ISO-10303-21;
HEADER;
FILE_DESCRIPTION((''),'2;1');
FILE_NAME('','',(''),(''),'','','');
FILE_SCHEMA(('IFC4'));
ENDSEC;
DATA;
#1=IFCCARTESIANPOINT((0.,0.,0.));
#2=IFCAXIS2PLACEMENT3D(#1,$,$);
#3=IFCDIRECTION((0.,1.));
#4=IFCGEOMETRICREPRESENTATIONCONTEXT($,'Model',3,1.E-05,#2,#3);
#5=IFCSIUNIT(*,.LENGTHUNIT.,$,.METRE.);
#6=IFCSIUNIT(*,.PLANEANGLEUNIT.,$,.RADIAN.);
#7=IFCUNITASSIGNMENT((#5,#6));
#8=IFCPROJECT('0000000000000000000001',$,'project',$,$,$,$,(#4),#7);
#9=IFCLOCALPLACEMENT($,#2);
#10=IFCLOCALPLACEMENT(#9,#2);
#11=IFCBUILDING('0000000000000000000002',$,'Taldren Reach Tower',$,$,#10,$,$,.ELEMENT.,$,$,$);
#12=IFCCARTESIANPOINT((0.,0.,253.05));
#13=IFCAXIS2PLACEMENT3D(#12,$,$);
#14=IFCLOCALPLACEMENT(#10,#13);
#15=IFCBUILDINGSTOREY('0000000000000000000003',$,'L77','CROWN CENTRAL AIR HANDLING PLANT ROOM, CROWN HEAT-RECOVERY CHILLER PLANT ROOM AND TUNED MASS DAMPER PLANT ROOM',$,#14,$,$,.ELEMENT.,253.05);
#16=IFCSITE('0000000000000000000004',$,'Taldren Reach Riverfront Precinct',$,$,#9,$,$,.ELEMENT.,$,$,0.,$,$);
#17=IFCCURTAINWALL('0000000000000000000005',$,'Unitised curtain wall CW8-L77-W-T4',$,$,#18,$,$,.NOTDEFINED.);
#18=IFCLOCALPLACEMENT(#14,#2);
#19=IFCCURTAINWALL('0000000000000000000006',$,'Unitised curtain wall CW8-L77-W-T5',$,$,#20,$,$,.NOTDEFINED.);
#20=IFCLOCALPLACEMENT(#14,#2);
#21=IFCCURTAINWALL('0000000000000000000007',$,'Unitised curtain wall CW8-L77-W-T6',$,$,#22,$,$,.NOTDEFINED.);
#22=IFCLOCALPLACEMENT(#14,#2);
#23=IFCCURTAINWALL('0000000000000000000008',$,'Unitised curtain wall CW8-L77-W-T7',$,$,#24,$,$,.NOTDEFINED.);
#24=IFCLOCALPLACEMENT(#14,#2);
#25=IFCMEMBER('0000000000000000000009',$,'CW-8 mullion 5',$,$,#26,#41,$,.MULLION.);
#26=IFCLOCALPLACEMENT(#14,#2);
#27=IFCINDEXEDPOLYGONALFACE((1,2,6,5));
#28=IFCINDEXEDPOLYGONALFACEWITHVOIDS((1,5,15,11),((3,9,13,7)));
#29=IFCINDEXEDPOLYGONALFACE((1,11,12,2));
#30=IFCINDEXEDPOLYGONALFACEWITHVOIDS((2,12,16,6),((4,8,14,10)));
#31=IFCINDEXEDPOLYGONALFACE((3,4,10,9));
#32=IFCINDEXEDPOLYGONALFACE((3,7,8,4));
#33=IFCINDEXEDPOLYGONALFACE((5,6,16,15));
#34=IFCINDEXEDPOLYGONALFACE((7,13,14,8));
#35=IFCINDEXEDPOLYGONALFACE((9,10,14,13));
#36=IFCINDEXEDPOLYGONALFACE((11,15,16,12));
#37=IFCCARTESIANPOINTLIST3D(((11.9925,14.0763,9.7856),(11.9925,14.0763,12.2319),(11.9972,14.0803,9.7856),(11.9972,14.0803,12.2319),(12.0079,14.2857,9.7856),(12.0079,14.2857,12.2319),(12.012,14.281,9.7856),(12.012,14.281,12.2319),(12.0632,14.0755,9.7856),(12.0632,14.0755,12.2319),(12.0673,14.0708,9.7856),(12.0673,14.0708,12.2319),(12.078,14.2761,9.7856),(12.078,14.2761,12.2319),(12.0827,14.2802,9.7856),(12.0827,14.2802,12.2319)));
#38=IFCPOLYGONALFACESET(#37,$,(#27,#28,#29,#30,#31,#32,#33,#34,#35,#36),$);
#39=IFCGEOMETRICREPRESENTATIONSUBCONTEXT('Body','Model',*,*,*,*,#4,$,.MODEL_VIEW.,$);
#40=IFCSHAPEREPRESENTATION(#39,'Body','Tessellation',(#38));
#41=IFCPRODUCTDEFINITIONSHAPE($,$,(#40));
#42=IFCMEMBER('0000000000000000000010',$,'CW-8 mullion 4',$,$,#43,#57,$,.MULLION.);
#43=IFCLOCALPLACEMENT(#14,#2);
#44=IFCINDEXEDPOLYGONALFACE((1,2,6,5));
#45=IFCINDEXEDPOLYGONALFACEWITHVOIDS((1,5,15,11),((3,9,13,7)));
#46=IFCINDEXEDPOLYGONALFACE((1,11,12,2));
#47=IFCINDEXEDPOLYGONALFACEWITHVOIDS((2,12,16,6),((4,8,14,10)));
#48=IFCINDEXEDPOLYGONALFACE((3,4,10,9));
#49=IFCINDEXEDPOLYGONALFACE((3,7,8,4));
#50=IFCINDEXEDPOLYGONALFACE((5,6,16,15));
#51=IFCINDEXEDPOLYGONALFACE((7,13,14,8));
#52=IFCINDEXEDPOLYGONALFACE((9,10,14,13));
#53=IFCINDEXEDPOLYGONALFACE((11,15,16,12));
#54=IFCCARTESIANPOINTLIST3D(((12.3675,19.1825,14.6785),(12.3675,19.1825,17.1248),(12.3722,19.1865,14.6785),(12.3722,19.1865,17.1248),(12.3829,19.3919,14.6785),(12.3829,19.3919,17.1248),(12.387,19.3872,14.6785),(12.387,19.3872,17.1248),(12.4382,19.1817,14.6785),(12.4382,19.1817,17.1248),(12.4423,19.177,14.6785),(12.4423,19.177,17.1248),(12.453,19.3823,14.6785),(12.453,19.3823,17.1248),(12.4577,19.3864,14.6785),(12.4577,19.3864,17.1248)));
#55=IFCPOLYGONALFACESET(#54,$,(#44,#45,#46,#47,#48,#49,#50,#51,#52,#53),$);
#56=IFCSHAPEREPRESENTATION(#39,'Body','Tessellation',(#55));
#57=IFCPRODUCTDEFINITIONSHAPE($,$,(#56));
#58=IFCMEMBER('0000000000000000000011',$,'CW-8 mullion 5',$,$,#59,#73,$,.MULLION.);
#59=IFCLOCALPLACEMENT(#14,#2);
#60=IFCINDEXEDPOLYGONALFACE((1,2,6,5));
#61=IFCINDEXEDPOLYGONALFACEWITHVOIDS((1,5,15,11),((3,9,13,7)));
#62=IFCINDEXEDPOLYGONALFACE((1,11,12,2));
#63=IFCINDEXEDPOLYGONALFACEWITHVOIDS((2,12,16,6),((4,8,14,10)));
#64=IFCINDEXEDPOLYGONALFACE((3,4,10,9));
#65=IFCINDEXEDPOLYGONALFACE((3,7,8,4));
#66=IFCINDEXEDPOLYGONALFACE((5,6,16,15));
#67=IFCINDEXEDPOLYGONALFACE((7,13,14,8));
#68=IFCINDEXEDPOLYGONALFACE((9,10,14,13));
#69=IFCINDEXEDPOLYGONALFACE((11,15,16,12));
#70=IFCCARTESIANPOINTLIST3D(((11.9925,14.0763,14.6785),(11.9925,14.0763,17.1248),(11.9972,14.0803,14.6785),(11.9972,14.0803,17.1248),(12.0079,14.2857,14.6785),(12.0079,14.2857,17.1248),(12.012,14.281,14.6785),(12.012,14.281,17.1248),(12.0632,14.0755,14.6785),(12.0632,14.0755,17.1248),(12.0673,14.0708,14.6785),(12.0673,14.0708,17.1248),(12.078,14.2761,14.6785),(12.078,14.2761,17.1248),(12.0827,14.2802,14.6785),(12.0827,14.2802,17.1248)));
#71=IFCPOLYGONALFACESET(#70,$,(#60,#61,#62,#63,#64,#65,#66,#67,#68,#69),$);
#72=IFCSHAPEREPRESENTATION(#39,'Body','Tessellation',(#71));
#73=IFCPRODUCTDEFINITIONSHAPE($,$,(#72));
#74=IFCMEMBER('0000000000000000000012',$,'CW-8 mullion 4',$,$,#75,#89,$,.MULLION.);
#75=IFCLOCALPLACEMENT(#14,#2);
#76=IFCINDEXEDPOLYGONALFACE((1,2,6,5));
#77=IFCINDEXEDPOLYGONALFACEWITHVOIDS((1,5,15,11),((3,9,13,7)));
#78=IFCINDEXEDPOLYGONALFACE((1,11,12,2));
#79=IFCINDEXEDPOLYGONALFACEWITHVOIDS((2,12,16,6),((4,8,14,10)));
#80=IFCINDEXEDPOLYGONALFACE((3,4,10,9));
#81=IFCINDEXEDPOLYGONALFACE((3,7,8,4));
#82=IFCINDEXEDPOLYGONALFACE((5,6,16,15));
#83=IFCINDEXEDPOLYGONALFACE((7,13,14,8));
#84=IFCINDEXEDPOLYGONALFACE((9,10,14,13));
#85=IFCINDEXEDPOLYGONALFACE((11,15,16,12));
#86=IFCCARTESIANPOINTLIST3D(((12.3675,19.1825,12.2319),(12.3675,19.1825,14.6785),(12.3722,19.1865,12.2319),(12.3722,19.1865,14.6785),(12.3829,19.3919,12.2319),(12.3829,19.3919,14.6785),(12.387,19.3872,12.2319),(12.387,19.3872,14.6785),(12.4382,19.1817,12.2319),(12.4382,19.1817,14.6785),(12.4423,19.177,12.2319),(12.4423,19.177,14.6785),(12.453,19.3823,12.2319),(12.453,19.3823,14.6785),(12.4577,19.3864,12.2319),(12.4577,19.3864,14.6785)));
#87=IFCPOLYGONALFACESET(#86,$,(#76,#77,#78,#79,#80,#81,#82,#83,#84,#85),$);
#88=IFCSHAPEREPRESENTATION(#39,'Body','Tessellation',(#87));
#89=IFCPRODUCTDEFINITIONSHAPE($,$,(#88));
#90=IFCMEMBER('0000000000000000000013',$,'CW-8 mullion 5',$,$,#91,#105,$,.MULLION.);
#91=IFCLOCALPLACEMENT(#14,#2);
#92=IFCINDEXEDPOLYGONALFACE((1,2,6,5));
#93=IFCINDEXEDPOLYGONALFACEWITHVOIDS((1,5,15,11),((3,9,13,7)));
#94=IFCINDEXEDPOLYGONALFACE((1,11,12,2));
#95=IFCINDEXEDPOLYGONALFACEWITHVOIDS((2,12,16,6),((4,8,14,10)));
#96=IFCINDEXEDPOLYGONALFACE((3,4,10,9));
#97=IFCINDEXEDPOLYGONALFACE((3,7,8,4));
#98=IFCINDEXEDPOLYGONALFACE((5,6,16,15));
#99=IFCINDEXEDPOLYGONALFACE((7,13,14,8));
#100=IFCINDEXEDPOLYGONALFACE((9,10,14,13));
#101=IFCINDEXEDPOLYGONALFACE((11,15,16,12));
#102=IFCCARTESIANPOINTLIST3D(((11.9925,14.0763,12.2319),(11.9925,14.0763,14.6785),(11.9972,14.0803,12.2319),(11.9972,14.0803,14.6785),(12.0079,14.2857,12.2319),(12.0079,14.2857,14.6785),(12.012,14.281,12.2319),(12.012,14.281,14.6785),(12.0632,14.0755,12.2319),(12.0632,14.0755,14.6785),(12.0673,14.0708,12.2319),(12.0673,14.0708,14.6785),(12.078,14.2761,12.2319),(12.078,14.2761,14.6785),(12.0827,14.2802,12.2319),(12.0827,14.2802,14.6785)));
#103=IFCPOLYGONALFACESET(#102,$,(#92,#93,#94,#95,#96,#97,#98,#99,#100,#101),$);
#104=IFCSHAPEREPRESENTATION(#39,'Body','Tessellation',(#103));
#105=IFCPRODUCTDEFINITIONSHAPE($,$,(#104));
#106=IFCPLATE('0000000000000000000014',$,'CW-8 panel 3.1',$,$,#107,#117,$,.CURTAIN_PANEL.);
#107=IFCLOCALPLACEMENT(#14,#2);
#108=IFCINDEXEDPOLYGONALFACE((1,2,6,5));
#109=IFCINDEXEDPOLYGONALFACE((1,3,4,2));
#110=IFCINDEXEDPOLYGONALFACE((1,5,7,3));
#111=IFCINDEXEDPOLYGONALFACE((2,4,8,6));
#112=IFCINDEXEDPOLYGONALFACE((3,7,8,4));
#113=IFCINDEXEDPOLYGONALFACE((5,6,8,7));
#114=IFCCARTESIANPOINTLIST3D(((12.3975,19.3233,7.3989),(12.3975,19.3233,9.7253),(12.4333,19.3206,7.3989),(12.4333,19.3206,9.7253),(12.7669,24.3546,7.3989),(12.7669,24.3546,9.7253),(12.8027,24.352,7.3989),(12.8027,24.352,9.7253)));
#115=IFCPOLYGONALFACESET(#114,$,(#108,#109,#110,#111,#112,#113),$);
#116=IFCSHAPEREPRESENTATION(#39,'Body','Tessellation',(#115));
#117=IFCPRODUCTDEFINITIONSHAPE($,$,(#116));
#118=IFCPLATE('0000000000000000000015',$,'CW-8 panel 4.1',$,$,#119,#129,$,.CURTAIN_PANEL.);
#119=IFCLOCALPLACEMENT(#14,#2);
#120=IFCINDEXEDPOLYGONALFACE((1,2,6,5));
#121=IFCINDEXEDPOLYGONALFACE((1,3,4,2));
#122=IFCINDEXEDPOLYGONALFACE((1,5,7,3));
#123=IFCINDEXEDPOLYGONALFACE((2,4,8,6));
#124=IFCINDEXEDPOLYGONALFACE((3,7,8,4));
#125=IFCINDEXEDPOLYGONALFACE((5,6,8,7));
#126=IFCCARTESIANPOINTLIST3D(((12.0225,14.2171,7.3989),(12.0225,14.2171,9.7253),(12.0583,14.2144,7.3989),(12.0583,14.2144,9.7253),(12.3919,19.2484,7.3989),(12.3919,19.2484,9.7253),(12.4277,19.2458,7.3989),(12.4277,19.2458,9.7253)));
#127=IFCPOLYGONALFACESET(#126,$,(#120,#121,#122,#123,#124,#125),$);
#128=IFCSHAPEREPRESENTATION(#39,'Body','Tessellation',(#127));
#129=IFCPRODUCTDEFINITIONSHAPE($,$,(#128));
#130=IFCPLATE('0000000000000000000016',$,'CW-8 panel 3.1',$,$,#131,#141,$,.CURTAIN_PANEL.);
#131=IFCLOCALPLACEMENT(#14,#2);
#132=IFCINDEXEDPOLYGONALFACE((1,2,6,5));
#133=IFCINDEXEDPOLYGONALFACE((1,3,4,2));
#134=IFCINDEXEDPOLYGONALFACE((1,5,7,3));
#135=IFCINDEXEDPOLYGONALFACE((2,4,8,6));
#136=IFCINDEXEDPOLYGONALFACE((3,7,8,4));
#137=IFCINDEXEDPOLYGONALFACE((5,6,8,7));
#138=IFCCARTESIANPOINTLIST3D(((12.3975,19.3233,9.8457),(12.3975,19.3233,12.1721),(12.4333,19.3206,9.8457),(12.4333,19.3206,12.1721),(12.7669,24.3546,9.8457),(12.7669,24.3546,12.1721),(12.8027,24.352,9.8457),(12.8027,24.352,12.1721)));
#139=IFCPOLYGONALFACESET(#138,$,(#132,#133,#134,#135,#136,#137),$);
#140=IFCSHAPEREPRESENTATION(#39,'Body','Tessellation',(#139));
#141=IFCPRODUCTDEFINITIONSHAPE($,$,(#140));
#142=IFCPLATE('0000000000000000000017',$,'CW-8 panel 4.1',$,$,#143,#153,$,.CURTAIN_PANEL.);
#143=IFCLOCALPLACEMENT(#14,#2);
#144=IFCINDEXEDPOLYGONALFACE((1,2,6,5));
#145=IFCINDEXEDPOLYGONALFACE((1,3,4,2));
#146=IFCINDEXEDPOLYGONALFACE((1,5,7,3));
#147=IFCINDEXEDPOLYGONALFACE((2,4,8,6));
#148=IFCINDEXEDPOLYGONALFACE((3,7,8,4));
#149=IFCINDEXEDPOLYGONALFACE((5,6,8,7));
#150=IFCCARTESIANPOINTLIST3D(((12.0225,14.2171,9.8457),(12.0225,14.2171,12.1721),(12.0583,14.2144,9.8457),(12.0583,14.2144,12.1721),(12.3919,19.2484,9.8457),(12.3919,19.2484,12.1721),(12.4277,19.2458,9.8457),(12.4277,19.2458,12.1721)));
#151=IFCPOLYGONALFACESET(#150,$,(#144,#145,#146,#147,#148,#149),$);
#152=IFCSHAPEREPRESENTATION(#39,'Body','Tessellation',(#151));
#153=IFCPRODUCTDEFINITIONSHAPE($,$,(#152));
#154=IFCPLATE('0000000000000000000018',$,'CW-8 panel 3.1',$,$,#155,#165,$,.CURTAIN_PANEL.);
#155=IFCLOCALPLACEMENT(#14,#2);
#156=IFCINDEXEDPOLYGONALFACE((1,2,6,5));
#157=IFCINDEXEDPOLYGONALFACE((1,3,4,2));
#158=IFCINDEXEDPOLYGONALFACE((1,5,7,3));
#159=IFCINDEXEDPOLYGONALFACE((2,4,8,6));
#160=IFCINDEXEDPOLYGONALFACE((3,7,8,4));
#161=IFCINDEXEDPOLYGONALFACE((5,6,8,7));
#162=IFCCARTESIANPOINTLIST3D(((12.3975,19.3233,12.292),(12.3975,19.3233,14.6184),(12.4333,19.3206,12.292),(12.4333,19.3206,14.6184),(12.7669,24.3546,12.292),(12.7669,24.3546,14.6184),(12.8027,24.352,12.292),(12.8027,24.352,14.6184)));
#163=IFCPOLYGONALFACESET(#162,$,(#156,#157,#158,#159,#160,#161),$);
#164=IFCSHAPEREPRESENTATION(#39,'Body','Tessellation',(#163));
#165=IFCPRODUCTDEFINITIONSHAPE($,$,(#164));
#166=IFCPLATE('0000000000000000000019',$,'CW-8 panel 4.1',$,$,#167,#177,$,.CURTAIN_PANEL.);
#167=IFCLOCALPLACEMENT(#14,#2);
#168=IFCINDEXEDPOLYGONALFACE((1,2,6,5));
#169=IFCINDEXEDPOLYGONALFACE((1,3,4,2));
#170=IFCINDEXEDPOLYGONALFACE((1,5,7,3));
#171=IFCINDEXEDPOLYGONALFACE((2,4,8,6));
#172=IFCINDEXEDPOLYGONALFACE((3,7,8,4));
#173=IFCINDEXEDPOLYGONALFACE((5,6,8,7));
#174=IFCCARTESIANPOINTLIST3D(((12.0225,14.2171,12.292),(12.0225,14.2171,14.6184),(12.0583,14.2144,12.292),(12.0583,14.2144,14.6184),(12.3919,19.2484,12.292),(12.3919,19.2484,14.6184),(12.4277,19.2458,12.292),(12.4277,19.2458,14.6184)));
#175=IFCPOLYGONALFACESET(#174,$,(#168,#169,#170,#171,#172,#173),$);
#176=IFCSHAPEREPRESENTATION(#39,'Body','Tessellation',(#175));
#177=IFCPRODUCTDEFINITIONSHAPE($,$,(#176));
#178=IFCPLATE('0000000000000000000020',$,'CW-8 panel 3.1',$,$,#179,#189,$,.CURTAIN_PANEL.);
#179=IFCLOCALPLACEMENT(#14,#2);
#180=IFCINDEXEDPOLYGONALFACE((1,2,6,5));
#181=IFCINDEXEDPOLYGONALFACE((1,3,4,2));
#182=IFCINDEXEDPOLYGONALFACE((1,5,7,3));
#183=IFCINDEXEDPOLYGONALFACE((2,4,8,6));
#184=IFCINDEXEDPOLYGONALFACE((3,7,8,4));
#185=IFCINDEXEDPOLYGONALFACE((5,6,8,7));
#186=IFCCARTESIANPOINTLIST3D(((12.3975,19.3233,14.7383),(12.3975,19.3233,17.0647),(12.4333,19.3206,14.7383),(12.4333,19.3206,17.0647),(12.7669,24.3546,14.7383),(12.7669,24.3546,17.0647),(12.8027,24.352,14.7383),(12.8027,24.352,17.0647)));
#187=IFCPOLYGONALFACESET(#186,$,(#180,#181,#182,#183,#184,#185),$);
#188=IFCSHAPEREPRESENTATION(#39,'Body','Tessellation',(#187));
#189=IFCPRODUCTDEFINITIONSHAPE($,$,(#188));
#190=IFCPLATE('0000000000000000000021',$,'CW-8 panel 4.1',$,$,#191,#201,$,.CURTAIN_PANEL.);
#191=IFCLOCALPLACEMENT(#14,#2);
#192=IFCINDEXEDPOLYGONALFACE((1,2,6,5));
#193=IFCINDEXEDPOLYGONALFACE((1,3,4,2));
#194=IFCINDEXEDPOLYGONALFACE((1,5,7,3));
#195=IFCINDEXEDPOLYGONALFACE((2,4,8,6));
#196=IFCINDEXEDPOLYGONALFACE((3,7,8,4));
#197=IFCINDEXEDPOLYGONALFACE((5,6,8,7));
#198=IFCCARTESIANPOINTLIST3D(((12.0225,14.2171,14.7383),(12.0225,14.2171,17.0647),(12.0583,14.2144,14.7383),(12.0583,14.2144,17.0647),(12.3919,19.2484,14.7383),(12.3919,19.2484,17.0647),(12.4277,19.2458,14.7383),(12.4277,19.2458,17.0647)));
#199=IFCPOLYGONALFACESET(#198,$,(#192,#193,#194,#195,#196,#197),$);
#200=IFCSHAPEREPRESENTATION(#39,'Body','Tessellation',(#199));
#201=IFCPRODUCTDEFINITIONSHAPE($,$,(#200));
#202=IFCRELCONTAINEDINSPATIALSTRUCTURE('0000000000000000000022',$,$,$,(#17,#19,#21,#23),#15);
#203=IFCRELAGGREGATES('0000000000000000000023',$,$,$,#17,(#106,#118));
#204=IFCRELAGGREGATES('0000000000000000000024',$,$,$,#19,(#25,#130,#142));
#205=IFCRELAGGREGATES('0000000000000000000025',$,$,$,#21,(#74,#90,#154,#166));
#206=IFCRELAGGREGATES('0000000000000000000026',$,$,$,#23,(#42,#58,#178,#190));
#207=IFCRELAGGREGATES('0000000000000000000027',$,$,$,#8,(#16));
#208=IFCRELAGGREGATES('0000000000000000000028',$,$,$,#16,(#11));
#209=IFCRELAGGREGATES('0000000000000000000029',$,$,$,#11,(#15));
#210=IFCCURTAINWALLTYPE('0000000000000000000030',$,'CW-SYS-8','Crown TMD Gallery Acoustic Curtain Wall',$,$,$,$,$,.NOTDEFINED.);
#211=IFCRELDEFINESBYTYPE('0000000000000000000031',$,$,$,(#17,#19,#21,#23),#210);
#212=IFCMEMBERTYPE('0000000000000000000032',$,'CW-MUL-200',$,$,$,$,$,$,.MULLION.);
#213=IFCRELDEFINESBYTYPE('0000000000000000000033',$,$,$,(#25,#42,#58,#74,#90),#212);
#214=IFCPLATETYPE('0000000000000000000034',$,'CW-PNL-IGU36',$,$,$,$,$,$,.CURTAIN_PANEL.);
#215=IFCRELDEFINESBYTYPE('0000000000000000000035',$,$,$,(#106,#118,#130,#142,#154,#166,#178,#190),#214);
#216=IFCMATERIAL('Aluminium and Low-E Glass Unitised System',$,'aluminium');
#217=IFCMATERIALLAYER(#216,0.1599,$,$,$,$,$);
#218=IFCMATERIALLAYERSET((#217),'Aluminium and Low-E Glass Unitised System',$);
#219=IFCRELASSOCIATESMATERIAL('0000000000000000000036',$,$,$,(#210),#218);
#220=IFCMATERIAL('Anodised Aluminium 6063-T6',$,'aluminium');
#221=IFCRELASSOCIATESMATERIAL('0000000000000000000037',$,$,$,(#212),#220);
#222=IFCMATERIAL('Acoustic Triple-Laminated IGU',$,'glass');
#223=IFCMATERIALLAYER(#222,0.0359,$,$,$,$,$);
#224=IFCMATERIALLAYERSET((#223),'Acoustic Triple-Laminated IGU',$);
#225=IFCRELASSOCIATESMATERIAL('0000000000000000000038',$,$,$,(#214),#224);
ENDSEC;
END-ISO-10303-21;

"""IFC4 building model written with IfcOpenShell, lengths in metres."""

from ifc_helpers import new_model, si_unit, direction, frame, origin, origin_2d, place, context, subcontext, project, spatial, rectangle, hollow_rectangle, extrude, source, transform, mapped, material, layer, layer_set, material_profile, profile_set, type_object, element, aggregate, save


model = new_model("IFC4")

# Units and contexts
model_context = context("Model", 3, precision=1e-05, world=origin(), true_north=direction((0.0, 1.0)))
body_context = subcontext(model_context, "Body", "Model", "MODEL_VIEW")
ifc_project = project(units=[si_unit("LENGTHUNIT", "METRE"), si_unit("PLANEANGLEUNIT", "RADIAN")], contexts=[model_context])

# Site, building, storey
site_placement = place(None, origin())
site = spatial("IfcSite", under=ifc_project, at=site_placement, Name="Taldren Reach Riverfront Precinct", CompositionType="ELEMENT", RefElevation=0.0)
building_placement = place(site_placement, origin())
building = spatial("IfcBuilding", under=site, at=building_placement, Name="Taldren Reach Tower", CompositionType="ELEMENT")
storey_placement = place(building_placement, frame((0.0, 0.0, 253.05)))
storey = spatial("IfcBuildingStorey", under=building, at=storey_placement, Name="L77", Description="CROWN CENTRAL AIR HANDLING PLANT ROOM, CROWN HEAT-RECOVERY CHILLER PLANT ROOM AND TUNED MASS DAMPER PLANT ROOM", CompositionType="ELEMENT", Elevation=253.05)

# Curtain wall
ifc_material_1 = material(Name="Aluminium and Low-E Glass Unitised System", Category="aluminium")
ifc_layer_1 = layer(ifc_material_1, 0.1599)
ifc_layer_set_1 = layer_set([ifc_layer_1], Name="Aluminium and Low-E Glass Unitised System")
curtain_wall_type = type_object("IfcCurtainWallType", Name="CW-SYS-8", Description="Crown TMD Gallery Acoustic Curtain Wall", PredefinedType="NOTDEFINED", material=ifc_layer_set_1)
curtain_wall_1_placement = place(storey_placement, origin())
curtain_wall_1 = element("IfcCurtainWall", 1, at=curtain_wall_1_placement, inside=storey, type_object=curtain_wall_type, Name="Unitised curtain wall CW8-L77-W-T4", PredefinedType="NOTDEFINED")
ifc_material_2 = material(Name="Anodised Aluminium 6063-T6", Category="aluminium")

# Curtain walls
curtain_wall_2_placement = place(storey_placement, origin())
curtain_wall_2 = element("IfcCurtainWall", 2, at=curtain_wall_2_placement, inside=storey, type_object=curtain_wall_type, Name="Unitised curtain wall CW8-L77-W-T5", PredefinedType="NOTDEFINED")
curtain_wall_3_placement = place(storey_placement, origin())
curtain_wall_3 = element("IfcCurtainWall", 3, at=curtain_wall_3_placement, inside=storey, type_object=curtain_wall_type, Name="Unitised curtain wall CW8-L77-W-T6", PredefinedType="NOTDEFINED")
curtain_wall_4_placement = place(storey_placement, origin())
curtain_wall_4 = element("IfcCurtainWall", 4, at=curtain_wall_4_placement, inside=storey, type_object=curtain_wall_type, Name="Unitised curtain wall CW8-L77-W-T7", PredefinedType="NOTDEFINED")

# Members
ifc_material_profile_1 = material_profile(ifc_material_2, hollow_rectangle(XDim=0.075, YDim=0.21, WallThickness=0.0044, at=origin_2d()), Name="ALU-210x75x4.5RHS")
ifc_profile_set_1 = profile_set([ifc_material_profile_1], Name="Anodised Aluminium 6063-T6")
member_type_1 = type_object("IfcMemberType", Name="CW-MUL-200", PredefinedType="MULLION", material=ifc_profile_set_1)
shared_shape_1 = source(origin(), body_context, "Body", "SweptSolid", [
    extrude(hollow_rectangle(XDim=0.075, YDim=0.21, WallThickness=0.0044, at=origin_2d()), origin(), (0.0, 0.0, 1.0), 2.4463),
])
member_1_placement = place(storey_placement, frame((12.0376, 14.1782, 9.7856), z_axis=(0.0, 0.0, 1.0), x_axis=(0.997314, -0.073238, 0.0)))
member_1 = element("IfcMember", 5, at=member_1_placement, type_object=member_type_1, Name="CW-8 mullion 5", PredefinedType="MULLION", context=body_context, shape_type="MappedRepresentation", body=[
    mapped(shared_shape_1, transform((0.0, 0.0, 0.0), scale=1.0)),
])
member_2_placement = place(storey_placement, frame((12.4126, 19.2844, 14.6785), z_axis=(0.0, 0.0, 1.0), x_axis=(0.997314, -0.073238, 0.0)))
member_2 = element("IfcMember", 6, at=member_2_placement, type_object=member_type_1, Name="CW-8 mullion 4", PredefinedType="MULLION", context=body_context, shape_type="MappedRepresentation", body=[
    mapped(shared_shape_1, transform((0.0, 0.0, 0.0), scale=1.0)),
])
member_3_placement = place(storey_placement, frame((12.0376, 14.1782, 14.6785), z_axis=(0.0, 0.0, 1.0), x_axis=(0.997314, -0.073238, 0.0)))
member_3 = element("IfcMember", 7, at=member_3_placement, type_object=member_type_1, Name="CW-8 mullion 5", PredefinedType="MULLION", context=body_context, shape_type="MappedRepresentation", body=[
    mapped(shared_shape_1, transform((0.0, 0.0, 0.0), scale=1.0)),
])
shared_shape_2 = source(origin(), body_context, "Body", "SweptSolid", [
    extrude(hollow_rectangle(XDim=0.075, YDim=0.21, WallThickness=0.0044, at=origin_2d()), origin(), (0.0, 0.0, 1.0), 2.4465),
])
member_4_placement = place(storey_placement, frame((12.4126, 19.2844, 12.2319), z_axis=(0.0, 0.0, 1.0), x_axis=(0.997314, -0.073238, 0.0)))
member_4 = element("IfcMember", 8, at=member_4_placement, type_object=member_type_1, Name="CW-8 mullion 4", PredefinedType="MULLION", context=body_context, shape_type="MappedRepresentation", body=[
    mapped(shared_shape_2, transform((0.0, 0.0, 0.0), scale=1.0)),
])
member_5_placement = place(storey_placement, frame((12.0376, 14.1782, 12.2319), z_axis=(0.0, 0.0, 1.0), x_axis=(0.997314, -0.073238, 0.0)))
member_5 = element("IfcMember", 9, at=member_5_placement, type_object=member_type_1, Name="CW-8 mullion 5", PredefinedType="MULLION", context=body_context, shape_type="MappedRepresentation", body=[
    mapped(shared_shape_2, transform((0.0, 0.0, 0.0), scale=1.0)),
])

# Plates
ifc_material_3 = material(Name="Acoustic Triple-Laminated IGU", Category="glass")
ifc_layer_2 = layer(ifc_material_3, 0.0359)
ifc_layer_set_2 = layer_set([ifc_layer_2], Name="Acoustic Triple-Laminated IGU")
plate_type = type_object("IfcPlateType", Name="CW-PNL-IGU36", PredefinedType="CURTAIN_PANEL", material=ifc_layer_set_2)
shared_shape_3 = source(origin(), body_context, "Body", "SweptSolid", [
    extrude(rectangle(XDim=5.0449, YDim=0.0359, at=origin_2d()), origin(), (0.0, 0.0, 1.0), 2.3264),
])
plate_1_placement = place(storey_placement, frame((12.6001, 21.8376, 7.3989), z_axis=(0.0, 0.0, 1.0), x_axis=(-0.073238, -0.997314, 0.0)))
plate_1 = element("IfcPlate", 10, at=plate_1_placement, type_object=plate_type, Name="CW-8 panel 3.1", PredefinedType="CURTAIN_PANEL", context=body_context, shape_type="MappedRepresentation", body=[
    mapped(shared_shape_3, transform((0.0, 0.0, 0.0), scale=1.0)),
])
plate_2_placement = place(storey_placement, frame((12.2251, 16.7314, 7.3989), z_axis=(0.0, 0.0, 1.0), x_axis=(-0.073238, -0.997314, 0.0)))
plate_2 = element("IfcPlate", 11, at=plate_2_placement, type_object=plate_type, Name="CW-8 panel 4.1", PredefinedType="CURTAIN_PANEL", context=body_context, shape_type="MappedRepresentation", body=[
    mapped(shared_shape_3, transform((0.0, 0.0, 0.0), scale=1.0)),
])
aggregate(curtain_wall_1, [plate_1, plate_2])
plate_3_placement = place(storey_placement, frame((12.6001, 21.8376, 9.8457), z_axis=(0.0, 0.0, 1.0), x_axis=(-0.073238, -0.997314, 0.0)))
plate_3 = element("IfcPlate", 12, at=plate_3_placement, type_object=plate_type, Name="CW-8 panel 3.1", PredefinedType="CURTAIN_PANEL", context=body_context, shape_type="MappedRepresentation", body=[
    mapped(shared_shape_3, transform((0.0, 0.0, 0.0), scale=1.0)),
])
plate_4_placement = place(storey_placement, frame((12.2251, 16.7314, 9.8457), z_axis=(0.0, 0.0, 1.0), x_axis=(-0.073238, -0.997314, 0.0)))
plate_4 = element("IfcPlate", 13, at=plate_4_placement, type_object=plate_type, Name="CW-8 panel 4.1", PredefinedType="CURTAIN_PANEL", context=body_context, shape_type="MappedRepresentation", body=[
    mapped(shared_shape_3, transform((0.0, 0.0, 0.0), scale=1.0)),
])
aggregate(curtain_wall_2, [member_1, plate_3, plate_4])
plate_5_placement = place(storey_placement, frame((12.6001, 21.8376, 12.292), z_axis=(0.0, 0.0, 1.0), x_axis=(-0.073238, -0.997314, 0.0)))
plate_5 = element("IfcPlate", 14, at=plate_5_placement, type_object=plate_type, Name="CW-8 panel 3.1", PredefinedType="CURTAIN_PANEL", context=body_context, shape_type="MappedRepresentation", body=[
    mapped(shared_shape_3, transform((0.0, 0.0, 0.0), scale=1.0)),
])
plate_6_placement = place(storey_placement, frame((12.2251, 16.7314, 12.292), z_axis=(0.0, 0.0, 1.0), x_axis=(-0.073238, -0.997314, 0.0)))
plate_6 = element("IfcPlate", 15, at=plate_6_placement, type_object=plate_type, Name="CW-8 panel 4.1", PredefinedType="CURTAIN_PANEL", context=body_context, shape_type="MappedRepresentation", body=[
    mapped(shared_shape_3, transform((0.0, 0.0, 0.0), scale=1.0)),
])
aggregate(curtain_wall_3, [member_4, member_5, plate_5, plate_6])
plate_7_placement = place(storey_placement, frame((12.6001, 21.8376, 14.7383), z_axis=(0.0, 0.0, 1.0), x_axis=(-0.073238, -0.997314, 0.0)))
plate_7 = element("IfcPlate", 16, at=plate_7_placement, type_object=plate_type, Name="CW-8 panel 3.1", PredefinedType="CURTAIN_PANEL", context=body_context, shape_type="MappedRepresentation", body=[
    mapped(shared_shape_3, transform((0.0, 0.0, 0.0), scale=1.0)),
])
plate_8_placement = place(storey_placement, frame((12.2251, 16.7314, 14.7383), z_axis=(0.0, 0.0, 1.0), x_axis=(-0.073238, -0.997314, 0.0)))
plate_8 = element("IfcPlate", 17, at=plate_8_placement, type_object=plate_type, Name="CW-8 panel 4.1", PredefinedType="CURTAIN_PANEL", context=body_context, shape_type="MappedRepresentation", body=[
    mapped(shared_shape_3, transform((0.0, 0.0, 0.0), scale=1.0)),
])
aggregate(curtain_wall_4, [member_2, member_3, plate_7, plate_8])

save(model, "model.ifc")
